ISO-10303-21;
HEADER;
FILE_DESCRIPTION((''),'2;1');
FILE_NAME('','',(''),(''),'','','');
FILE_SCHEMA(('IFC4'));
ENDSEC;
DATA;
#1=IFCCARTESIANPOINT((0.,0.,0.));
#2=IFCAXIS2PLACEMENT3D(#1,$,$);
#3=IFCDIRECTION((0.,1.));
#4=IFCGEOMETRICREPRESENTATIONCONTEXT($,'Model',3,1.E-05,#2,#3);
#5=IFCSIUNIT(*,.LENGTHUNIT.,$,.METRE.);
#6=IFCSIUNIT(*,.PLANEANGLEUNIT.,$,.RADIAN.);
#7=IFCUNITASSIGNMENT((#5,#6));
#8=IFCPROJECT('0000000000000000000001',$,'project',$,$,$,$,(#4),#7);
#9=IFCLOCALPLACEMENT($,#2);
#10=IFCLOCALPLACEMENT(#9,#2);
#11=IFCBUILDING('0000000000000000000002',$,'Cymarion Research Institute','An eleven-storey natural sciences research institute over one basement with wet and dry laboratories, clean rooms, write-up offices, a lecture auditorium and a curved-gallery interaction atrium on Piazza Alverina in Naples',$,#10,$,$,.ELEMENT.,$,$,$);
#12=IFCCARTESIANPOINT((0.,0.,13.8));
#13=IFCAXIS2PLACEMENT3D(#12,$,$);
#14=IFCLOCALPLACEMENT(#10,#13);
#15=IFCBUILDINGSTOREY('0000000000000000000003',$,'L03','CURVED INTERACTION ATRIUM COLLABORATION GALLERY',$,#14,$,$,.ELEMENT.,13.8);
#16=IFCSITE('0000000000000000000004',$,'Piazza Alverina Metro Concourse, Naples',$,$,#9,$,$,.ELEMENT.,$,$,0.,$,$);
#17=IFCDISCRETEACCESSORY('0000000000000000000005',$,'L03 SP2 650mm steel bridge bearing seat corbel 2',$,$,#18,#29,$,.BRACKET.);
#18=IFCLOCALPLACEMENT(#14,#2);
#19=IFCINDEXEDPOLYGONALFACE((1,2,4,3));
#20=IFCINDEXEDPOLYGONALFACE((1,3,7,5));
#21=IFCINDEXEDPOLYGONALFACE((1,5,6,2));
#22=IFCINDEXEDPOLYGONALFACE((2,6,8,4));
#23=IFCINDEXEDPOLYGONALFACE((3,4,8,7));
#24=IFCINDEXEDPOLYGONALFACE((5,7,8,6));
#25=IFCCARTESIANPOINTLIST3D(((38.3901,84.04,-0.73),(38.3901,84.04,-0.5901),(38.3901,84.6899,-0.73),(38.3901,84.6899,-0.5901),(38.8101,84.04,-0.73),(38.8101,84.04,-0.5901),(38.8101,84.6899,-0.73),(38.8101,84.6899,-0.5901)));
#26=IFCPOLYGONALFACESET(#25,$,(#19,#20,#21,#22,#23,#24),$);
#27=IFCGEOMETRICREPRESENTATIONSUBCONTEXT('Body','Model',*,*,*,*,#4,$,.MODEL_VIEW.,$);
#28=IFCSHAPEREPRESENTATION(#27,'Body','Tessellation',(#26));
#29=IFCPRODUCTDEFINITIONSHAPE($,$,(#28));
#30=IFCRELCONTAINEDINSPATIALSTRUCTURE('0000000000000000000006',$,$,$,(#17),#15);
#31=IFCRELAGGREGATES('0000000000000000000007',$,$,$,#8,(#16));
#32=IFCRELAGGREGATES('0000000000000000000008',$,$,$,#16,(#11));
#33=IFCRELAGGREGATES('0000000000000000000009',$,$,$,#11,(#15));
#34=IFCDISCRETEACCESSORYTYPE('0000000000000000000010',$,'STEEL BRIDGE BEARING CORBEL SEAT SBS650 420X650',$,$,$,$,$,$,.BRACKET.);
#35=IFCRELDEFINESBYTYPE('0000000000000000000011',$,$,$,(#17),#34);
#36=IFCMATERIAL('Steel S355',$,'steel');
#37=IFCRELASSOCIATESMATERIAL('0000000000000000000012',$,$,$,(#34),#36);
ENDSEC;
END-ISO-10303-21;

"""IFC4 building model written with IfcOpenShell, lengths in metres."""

from ifc_helpers import new_model, si_unit, direction, frame, origin, origin_2d, place, context, subcontext, project, spatial, rectangle, extrude, material, type_object, element, save


model = new_model("IFC4")

# Units and contexts
model_context = context("Model", 3, precision=1e-05, world=origin(), true_north=direction((0.0, 1.0)))
body_context = subcontext(model_context, "Body", "Model", "MODEL_VIEW")
ifc_project = project(units=[si_unit("LENGTHUNIT", "METRE"), si_unit("PLANEANGLEUNIT", "RADIAN")], contexts=[model_context])

# Site, building, storey
site_placement = place(None, origin())
site = spatial("IfcSite", under=ifc_project, at=site_placement, Name="Piazza Alverina Metro Concourse, Naples", CompositionType="ELEMENT", RefElevation=0.0)
building_placement = place(site_placement, origin())
building = spatial("IfcBuilding", under=site, at=building_placement, Name="Cymarion Research Institute", Description="An eleven-storey natural sciences research institute over one basement with wet and dry laboratories, clean rooms, write-up offices, a lecture auditorium and a curved-gallery interaction atrium on Piazza Alverina in Naples", CompositionType="ELEMENT")
storey_placement = place(building_placement, frame((0.0, 0.0, 13.8)))
storey = spatial("IfcBuildingStorey", under=building, at=storey_placement, Name="L03", Description="CURVED INTERACTION ATRIUM COLLABORATION GALLERY", CompositionType="ELEMENT", Elevation=13.8)

# Shared definitions
ifc_material_1 = material(Name="Steel S355", Category="steel")

# Discrete accessory
discrete_accessory_type_1 = type_object("IfcDiscreteAccessoryType", Name="STEEL BRIDGE BEARING CORBEL SEAT SBS650 420X650", PredefinedType="BRACKET", material=ifc_material_1)
discrete_accessory_1_placement = place(storey_placement, frame((38.6001, 84.365, -0.73), z_axis=(0.0, 0.0, 1.0), x_axis=(1.0, 0.0, 0.0)))
element("IfcDiscreteAccessory", 1, at=discrete_accessory_1_placement, inside=storey, type_object=discrete_accessory_type_1, Name="L03 SP2 650mm steel bridge bearing seat corbel 2", PredefinedType="BRACKET", context=body_context, shape_type="SweptSolid", body=[
    extrude(rectangle(XDim=0.4199, YDim=0.6499, at=origin_2d()), origin(), (0.0, 0.0, 1.0), 0.1399),
])

save(model, "model.ifc")
